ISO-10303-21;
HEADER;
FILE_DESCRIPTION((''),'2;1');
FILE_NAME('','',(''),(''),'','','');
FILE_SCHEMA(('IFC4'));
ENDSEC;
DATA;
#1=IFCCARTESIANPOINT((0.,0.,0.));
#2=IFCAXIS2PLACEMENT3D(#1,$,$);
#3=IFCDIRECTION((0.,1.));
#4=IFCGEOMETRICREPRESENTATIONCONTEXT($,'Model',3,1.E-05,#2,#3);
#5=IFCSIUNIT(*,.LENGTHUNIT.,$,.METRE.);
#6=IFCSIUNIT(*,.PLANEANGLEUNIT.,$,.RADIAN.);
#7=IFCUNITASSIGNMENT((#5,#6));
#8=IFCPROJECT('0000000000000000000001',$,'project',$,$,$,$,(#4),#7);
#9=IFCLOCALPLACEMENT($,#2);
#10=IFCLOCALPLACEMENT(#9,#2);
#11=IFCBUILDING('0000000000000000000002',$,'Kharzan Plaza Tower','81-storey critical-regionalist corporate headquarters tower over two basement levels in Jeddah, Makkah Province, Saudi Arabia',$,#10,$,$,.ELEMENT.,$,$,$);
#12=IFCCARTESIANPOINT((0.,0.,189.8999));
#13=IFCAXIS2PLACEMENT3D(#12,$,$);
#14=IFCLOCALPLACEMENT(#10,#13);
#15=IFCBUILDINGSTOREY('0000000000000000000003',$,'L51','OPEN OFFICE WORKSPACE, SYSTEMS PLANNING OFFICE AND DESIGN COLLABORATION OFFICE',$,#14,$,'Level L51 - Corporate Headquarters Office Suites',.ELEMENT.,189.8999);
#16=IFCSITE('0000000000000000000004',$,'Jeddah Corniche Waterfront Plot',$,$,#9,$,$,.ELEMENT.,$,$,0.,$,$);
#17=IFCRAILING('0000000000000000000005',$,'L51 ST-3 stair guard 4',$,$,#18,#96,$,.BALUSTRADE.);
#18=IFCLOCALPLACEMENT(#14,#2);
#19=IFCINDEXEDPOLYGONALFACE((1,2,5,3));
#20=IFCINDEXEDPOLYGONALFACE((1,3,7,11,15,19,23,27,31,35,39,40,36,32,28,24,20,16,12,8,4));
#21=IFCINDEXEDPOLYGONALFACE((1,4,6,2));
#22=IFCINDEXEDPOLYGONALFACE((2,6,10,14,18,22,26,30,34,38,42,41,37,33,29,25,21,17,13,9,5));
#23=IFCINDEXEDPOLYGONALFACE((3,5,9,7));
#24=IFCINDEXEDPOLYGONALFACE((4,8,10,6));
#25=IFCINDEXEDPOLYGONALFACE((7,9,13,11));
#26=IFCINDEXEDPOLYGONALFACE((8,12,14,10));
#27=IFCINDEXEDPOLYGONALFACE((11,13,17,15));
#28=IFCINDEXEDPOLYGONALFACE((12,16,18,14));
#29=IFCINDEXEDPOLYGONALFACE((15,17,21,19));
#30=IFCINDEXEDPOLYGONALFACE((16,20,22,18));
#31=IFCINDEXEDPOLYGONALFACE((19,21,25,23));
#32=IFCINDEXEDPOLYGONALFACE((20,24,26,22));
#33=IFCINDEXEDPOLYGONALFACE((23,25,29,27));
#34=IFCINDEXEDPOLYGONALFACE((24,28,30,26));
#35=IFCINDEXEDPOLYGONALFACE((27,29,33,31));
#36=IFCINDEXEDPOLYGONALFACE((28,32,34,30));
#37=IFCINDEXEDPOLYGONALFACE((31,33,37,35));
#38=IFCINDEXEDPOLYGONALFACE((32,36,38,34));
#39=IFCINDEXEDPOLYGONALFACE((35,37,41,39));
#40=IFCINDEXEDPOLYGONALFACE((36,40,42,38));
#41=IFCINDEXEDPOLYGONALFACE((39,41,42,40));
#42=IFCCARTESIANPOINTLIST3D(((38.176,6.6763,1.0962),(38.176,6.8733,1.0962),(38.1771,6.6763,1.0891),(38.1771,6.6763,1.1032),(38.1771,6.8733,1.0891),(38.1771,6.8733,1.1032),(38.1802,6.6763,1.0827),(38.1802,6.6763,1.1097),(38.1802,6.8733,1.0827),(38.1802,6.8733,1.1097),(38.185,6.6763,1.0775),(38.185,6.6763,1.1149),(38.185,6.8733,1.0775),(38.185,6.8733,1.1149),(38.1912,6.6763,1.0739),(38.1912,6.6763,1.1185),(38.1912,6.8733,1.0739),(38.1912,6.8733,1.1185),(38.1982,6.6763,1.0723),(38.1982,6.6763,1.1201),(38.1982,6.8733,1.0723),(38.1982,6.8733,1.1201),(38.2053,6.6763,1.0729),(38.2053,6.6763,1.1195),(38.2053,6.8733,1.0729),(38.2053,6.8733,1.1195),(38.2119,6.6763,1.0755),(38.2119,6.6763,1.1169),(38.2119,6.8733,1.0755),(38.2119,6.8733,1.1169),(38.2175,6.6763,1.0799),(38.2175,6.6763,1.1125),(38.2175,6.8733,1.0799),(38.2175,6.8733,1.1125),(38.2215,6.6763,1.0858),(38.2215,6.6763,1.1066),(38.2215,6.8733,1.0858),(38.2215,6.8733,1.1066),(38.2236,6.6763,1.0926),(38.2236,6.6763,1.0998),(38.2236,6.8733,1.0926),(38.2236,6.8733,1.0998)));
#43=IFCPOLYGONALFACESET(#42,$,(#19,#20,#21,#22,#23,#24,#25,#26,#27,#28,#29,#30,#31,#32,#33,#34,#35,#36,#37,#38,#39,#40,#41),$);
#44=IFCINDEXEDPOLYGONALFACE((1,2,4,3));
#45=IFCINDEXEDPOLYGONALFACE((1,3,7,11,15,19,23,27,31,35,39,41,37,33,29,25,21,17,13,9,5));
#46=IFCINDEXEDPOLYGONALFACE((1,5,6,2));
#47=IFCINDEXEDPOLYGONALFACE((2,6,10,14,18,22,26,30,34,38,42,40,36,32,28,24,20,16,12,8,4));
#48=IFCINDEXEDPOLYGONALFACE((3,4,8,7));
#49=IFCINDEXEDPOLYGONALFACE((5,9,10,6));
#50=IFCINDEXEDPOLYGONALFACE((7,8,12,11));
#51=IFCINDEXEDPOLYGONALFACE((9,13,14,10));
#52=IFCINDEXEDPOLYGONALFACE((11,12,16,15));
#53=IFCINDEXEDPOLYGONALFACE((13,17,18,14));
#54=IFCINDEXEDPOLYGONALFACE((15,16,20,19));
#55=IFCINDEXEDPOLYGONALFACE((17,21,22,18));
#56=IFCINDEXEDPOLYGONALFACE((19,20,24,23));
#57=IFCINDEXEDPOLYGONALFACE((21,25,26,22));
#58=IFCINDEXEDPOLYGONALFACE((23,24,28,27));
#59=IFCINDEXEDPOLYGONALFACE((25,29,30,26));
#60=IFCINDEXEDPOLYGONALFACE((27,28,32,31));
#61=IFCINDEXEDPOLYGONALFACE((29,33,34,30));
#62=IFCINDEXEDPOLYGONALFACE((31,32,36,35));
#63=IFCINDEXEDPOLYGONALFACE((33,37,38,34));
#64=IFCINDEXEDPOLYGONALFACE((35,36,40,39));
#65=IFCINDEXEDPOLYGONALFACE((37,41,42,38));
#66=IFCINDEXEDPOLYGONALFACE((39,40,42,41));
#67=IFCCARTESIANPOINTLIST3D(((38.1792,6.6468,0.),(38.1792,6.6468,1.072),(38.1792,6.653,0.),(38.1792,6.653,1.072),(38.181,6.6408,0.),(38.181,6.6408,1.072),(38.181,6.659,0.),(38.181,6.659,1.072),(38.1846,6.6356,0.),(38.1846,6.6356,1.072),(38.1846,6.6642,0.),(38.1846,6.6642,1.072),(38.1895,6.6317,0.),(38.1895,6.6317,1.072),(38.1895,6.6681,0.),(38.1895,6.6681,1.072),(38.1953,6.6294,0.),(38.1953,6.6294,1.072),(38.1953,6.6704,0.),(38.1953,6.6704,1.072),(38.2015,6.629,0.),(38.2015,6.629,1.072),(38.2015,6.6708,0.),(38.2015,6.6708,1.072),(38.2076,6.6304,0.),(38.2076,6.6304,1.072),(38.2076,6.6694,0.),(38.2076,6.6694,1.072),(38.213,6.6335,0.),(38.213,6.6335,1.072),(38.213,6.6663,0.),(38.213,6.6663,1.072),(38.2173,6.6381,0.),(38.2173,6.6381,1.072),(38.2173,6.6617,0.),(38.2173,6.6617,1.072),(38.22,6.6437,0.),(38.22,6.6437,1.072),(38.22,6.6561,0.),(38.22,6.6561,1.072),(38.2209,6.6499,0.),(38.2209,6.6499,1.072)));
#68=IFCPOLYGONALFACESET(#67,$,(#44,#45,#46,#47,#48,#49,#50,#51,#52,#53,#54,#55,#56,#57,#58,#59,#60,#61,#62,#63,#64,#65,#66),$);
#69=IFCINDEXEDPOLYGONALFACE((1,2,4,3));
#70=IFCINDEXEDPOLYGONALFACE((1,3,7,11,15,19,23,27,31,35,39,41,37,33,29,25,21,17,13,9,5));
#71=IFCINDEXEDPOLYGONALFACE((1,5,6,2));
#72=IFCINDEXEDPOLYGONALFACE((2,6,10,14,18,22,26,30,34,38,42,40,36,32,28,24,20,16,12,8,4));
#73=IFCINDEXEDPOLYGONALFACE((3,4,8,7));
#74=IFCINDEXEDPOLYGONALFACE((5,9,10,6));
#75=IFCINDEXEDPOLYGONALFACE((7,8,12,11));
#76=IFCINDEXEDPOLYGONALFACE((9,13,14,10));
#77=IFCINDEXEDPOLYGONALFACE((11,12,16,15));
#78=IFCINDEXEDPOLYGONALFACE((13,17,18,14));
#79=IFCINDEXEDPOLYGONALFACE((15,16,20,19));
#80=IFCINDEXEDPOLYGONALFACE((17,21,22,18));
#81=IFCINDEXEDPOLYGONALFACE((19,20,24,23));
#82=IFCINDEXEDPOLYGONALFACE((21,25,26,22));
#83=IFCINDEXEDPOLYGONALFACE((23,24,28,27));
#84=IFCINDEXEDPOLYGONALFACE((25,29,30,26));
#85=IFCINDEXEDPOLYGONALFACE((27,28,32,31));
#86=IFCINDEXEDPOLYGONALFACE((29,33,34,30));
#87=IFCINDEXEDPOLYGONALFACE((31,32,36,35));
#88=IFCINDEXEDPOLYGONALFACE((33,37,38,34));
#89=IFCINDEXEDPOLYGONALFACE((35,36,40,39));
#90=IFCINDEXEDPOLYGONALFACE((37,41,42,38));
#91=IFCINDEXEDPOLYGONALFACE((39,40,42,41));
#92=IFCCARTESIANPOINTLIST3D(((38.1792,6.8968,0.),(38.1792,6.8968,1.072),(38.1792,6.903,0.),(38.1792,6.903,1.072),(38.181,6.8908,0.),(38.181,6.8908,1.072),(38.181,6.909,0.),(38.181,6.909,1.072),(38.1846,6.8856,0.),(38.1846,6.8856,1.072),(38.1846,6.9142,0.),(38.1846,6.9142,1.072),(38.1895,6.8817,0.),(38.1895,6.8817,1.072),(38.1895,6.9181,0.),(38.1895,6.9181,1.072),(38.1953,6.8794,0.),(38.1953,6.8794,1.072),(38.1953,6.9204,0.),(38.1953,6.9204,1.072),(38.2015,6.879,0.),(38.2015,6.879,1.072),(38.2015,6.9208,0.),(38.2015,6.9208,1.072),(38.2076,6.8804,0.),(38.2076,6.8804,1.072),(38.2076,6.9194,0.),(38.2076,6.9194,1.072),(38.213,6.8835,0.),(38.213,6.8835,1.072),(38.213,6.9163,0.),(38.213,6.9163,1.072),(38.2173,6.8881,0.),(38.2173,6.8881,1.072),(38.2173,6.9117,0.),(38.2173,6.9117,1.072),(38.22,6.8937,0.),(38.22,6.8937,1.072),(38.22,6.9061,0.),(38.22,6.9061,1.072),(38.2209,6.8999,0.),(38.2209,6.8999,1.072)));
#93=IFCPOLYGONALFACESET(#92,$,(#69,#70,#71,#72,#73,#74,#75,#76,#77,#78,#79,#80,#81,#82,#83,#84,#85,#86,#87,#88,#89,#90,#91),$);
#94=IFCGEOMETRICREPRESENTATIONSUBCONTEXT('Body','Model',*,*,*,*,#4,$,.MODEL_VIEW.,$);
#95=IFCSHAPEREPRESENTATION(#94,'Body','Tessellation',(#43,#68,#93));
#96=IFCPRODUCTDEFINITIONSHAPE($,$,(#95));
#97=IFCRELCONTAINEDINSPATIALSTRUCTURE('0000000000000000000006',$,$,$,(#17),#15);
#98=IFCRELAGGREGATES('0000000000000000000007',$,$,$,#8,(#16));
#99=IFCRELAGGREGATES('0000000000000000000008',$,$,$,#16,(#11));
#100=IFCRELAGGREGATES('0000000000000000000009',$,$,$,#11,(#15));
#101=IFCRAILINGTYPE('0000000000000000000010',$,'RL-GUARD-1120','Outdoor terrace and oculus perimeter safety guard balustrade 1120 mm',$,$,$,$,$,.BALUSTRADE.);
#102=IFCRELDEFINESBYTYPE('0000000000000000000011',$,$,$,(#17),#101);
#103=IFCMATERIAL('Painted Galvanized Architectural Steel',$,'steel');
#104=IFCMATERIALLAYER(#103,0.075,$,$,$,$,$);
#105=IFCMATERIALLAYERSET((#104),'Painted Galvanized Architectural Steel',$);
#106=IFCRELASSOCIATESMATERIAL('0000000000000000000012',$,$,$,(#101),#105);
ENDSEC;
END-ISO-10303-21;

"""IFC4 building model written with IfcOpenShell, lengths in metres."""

from ifc_helpers import new_model, si_unit, direction, frame, origin, origin_2d, place, context, subcontext, project, spatial, circle, extrude, source, transform, mapped, material, layer, layer_set, type_object, element, save


model = new_model("IFC4")

# Units and contexts
model_context = context("Model", 3, precision=1e-05, world=origin(), true_north=direction((0.0, 1.0)))
body_context = subcontext(model_context, "Body", "Model", "MODEL_VIEW")
ifc_project = project(units=[si_unit("LENGTHUNIT", "METRE"), si_unit("PLANEANGLEUNIT", "RADIAN")], contexts=[model_context])

# Site, building, storey
site_placement = place(None, origin())
site = spatial("IfcSite", under=ifc_project, at=site_placement, Name="Jeddah Corniche Waterfront Plot", CompositionType="ELEMENT", RefElevation=0.0)
building_placement = place(site_placement, origin())
building = spatial("IfcBuilding", under=site, at=building_placement, Name="Kharzan Plaza Tower", Description="81-storey critical-regionalist corporate headquarters tower over two basement levels in Jeddah, Makkah Province, Saudi Arabia", CompositionType="ELEMENT")
storey_placement = place(building_placement, frame((0.0, 0.0, 189.8999)))
storey = spatial("IfcBuildingStorey", under=building, at=storey_placement, Name="L51", Description="OPEN OFFICE WORKSPACE, SYSTEMS PLANNING OFFICE AND DESIGN COLLABORATION OFFICE", LongName="Level L51 - Corporate Headquarters Office Suites", CompositionType="ELEMENT", Elevation=189.8999)

# Railing
ifc_material_1 = material(Name="Painted Galvanized Architectural Steel", Category="steel")
ifc_layer_1 = layer(ifc_material_1, 0.075)
ifc_layer_set_1 = layer_set([ifc_layer_1], Name="Painted Galvanized Architectural Steel")
railing_type_1 = type_object("IfcRailingType", Name="RL-GUARD-1120", Description="Outdoor terrace and oculus perimeter safety guard balustrade 1120 mm", PredefinedType="BALUSTRADE", material=ifc_layer_set_1)
shared_shape_1 = source(origin(), body_context, "Body", "SweptSolid", [
    extrude(circle(Radius=0.0239, at=origin_2d()), frame((0.0, 0.0264, 1.0962), z_axis=(0.0, 1.0, 0.0), x_axis=(-1.0, 0.0, 0.0)), (0.0, 0.0, 1.0), 0.197),
    extrude(circle(Radius=0.021, at=origin_2d()), origin(), (0.0, 0.0, 1.0), 1.072),
    extrude(circle(Radius=0.021, at=origin_2d()), frame((0.0, 0.25, 0.0)), (0.0, 0.0, 1.0), 1.072),
])
railing_1_placement = place(storey_placement, frame((38.2, 6.6499, 0.0)))
element("IfcRailing", 1, at=railing_1_placement, inside=storey, type_object=railing_type_1, Name="L51 ST-3 stair guard 4", PredefinedType="BALUSTRADE", context=body_context, shape_type="MappedRepresentation", body=[
    mapped(shared_shape_1, transform((0.0, 0.0, 0.0), x_axis=(1.0, 0.0, 0.0), y_axis=(0.0, 1.0, 0.0), z_axis=(0.0, 0.0, 1.0))),
])

save(model, "model.ifc")
